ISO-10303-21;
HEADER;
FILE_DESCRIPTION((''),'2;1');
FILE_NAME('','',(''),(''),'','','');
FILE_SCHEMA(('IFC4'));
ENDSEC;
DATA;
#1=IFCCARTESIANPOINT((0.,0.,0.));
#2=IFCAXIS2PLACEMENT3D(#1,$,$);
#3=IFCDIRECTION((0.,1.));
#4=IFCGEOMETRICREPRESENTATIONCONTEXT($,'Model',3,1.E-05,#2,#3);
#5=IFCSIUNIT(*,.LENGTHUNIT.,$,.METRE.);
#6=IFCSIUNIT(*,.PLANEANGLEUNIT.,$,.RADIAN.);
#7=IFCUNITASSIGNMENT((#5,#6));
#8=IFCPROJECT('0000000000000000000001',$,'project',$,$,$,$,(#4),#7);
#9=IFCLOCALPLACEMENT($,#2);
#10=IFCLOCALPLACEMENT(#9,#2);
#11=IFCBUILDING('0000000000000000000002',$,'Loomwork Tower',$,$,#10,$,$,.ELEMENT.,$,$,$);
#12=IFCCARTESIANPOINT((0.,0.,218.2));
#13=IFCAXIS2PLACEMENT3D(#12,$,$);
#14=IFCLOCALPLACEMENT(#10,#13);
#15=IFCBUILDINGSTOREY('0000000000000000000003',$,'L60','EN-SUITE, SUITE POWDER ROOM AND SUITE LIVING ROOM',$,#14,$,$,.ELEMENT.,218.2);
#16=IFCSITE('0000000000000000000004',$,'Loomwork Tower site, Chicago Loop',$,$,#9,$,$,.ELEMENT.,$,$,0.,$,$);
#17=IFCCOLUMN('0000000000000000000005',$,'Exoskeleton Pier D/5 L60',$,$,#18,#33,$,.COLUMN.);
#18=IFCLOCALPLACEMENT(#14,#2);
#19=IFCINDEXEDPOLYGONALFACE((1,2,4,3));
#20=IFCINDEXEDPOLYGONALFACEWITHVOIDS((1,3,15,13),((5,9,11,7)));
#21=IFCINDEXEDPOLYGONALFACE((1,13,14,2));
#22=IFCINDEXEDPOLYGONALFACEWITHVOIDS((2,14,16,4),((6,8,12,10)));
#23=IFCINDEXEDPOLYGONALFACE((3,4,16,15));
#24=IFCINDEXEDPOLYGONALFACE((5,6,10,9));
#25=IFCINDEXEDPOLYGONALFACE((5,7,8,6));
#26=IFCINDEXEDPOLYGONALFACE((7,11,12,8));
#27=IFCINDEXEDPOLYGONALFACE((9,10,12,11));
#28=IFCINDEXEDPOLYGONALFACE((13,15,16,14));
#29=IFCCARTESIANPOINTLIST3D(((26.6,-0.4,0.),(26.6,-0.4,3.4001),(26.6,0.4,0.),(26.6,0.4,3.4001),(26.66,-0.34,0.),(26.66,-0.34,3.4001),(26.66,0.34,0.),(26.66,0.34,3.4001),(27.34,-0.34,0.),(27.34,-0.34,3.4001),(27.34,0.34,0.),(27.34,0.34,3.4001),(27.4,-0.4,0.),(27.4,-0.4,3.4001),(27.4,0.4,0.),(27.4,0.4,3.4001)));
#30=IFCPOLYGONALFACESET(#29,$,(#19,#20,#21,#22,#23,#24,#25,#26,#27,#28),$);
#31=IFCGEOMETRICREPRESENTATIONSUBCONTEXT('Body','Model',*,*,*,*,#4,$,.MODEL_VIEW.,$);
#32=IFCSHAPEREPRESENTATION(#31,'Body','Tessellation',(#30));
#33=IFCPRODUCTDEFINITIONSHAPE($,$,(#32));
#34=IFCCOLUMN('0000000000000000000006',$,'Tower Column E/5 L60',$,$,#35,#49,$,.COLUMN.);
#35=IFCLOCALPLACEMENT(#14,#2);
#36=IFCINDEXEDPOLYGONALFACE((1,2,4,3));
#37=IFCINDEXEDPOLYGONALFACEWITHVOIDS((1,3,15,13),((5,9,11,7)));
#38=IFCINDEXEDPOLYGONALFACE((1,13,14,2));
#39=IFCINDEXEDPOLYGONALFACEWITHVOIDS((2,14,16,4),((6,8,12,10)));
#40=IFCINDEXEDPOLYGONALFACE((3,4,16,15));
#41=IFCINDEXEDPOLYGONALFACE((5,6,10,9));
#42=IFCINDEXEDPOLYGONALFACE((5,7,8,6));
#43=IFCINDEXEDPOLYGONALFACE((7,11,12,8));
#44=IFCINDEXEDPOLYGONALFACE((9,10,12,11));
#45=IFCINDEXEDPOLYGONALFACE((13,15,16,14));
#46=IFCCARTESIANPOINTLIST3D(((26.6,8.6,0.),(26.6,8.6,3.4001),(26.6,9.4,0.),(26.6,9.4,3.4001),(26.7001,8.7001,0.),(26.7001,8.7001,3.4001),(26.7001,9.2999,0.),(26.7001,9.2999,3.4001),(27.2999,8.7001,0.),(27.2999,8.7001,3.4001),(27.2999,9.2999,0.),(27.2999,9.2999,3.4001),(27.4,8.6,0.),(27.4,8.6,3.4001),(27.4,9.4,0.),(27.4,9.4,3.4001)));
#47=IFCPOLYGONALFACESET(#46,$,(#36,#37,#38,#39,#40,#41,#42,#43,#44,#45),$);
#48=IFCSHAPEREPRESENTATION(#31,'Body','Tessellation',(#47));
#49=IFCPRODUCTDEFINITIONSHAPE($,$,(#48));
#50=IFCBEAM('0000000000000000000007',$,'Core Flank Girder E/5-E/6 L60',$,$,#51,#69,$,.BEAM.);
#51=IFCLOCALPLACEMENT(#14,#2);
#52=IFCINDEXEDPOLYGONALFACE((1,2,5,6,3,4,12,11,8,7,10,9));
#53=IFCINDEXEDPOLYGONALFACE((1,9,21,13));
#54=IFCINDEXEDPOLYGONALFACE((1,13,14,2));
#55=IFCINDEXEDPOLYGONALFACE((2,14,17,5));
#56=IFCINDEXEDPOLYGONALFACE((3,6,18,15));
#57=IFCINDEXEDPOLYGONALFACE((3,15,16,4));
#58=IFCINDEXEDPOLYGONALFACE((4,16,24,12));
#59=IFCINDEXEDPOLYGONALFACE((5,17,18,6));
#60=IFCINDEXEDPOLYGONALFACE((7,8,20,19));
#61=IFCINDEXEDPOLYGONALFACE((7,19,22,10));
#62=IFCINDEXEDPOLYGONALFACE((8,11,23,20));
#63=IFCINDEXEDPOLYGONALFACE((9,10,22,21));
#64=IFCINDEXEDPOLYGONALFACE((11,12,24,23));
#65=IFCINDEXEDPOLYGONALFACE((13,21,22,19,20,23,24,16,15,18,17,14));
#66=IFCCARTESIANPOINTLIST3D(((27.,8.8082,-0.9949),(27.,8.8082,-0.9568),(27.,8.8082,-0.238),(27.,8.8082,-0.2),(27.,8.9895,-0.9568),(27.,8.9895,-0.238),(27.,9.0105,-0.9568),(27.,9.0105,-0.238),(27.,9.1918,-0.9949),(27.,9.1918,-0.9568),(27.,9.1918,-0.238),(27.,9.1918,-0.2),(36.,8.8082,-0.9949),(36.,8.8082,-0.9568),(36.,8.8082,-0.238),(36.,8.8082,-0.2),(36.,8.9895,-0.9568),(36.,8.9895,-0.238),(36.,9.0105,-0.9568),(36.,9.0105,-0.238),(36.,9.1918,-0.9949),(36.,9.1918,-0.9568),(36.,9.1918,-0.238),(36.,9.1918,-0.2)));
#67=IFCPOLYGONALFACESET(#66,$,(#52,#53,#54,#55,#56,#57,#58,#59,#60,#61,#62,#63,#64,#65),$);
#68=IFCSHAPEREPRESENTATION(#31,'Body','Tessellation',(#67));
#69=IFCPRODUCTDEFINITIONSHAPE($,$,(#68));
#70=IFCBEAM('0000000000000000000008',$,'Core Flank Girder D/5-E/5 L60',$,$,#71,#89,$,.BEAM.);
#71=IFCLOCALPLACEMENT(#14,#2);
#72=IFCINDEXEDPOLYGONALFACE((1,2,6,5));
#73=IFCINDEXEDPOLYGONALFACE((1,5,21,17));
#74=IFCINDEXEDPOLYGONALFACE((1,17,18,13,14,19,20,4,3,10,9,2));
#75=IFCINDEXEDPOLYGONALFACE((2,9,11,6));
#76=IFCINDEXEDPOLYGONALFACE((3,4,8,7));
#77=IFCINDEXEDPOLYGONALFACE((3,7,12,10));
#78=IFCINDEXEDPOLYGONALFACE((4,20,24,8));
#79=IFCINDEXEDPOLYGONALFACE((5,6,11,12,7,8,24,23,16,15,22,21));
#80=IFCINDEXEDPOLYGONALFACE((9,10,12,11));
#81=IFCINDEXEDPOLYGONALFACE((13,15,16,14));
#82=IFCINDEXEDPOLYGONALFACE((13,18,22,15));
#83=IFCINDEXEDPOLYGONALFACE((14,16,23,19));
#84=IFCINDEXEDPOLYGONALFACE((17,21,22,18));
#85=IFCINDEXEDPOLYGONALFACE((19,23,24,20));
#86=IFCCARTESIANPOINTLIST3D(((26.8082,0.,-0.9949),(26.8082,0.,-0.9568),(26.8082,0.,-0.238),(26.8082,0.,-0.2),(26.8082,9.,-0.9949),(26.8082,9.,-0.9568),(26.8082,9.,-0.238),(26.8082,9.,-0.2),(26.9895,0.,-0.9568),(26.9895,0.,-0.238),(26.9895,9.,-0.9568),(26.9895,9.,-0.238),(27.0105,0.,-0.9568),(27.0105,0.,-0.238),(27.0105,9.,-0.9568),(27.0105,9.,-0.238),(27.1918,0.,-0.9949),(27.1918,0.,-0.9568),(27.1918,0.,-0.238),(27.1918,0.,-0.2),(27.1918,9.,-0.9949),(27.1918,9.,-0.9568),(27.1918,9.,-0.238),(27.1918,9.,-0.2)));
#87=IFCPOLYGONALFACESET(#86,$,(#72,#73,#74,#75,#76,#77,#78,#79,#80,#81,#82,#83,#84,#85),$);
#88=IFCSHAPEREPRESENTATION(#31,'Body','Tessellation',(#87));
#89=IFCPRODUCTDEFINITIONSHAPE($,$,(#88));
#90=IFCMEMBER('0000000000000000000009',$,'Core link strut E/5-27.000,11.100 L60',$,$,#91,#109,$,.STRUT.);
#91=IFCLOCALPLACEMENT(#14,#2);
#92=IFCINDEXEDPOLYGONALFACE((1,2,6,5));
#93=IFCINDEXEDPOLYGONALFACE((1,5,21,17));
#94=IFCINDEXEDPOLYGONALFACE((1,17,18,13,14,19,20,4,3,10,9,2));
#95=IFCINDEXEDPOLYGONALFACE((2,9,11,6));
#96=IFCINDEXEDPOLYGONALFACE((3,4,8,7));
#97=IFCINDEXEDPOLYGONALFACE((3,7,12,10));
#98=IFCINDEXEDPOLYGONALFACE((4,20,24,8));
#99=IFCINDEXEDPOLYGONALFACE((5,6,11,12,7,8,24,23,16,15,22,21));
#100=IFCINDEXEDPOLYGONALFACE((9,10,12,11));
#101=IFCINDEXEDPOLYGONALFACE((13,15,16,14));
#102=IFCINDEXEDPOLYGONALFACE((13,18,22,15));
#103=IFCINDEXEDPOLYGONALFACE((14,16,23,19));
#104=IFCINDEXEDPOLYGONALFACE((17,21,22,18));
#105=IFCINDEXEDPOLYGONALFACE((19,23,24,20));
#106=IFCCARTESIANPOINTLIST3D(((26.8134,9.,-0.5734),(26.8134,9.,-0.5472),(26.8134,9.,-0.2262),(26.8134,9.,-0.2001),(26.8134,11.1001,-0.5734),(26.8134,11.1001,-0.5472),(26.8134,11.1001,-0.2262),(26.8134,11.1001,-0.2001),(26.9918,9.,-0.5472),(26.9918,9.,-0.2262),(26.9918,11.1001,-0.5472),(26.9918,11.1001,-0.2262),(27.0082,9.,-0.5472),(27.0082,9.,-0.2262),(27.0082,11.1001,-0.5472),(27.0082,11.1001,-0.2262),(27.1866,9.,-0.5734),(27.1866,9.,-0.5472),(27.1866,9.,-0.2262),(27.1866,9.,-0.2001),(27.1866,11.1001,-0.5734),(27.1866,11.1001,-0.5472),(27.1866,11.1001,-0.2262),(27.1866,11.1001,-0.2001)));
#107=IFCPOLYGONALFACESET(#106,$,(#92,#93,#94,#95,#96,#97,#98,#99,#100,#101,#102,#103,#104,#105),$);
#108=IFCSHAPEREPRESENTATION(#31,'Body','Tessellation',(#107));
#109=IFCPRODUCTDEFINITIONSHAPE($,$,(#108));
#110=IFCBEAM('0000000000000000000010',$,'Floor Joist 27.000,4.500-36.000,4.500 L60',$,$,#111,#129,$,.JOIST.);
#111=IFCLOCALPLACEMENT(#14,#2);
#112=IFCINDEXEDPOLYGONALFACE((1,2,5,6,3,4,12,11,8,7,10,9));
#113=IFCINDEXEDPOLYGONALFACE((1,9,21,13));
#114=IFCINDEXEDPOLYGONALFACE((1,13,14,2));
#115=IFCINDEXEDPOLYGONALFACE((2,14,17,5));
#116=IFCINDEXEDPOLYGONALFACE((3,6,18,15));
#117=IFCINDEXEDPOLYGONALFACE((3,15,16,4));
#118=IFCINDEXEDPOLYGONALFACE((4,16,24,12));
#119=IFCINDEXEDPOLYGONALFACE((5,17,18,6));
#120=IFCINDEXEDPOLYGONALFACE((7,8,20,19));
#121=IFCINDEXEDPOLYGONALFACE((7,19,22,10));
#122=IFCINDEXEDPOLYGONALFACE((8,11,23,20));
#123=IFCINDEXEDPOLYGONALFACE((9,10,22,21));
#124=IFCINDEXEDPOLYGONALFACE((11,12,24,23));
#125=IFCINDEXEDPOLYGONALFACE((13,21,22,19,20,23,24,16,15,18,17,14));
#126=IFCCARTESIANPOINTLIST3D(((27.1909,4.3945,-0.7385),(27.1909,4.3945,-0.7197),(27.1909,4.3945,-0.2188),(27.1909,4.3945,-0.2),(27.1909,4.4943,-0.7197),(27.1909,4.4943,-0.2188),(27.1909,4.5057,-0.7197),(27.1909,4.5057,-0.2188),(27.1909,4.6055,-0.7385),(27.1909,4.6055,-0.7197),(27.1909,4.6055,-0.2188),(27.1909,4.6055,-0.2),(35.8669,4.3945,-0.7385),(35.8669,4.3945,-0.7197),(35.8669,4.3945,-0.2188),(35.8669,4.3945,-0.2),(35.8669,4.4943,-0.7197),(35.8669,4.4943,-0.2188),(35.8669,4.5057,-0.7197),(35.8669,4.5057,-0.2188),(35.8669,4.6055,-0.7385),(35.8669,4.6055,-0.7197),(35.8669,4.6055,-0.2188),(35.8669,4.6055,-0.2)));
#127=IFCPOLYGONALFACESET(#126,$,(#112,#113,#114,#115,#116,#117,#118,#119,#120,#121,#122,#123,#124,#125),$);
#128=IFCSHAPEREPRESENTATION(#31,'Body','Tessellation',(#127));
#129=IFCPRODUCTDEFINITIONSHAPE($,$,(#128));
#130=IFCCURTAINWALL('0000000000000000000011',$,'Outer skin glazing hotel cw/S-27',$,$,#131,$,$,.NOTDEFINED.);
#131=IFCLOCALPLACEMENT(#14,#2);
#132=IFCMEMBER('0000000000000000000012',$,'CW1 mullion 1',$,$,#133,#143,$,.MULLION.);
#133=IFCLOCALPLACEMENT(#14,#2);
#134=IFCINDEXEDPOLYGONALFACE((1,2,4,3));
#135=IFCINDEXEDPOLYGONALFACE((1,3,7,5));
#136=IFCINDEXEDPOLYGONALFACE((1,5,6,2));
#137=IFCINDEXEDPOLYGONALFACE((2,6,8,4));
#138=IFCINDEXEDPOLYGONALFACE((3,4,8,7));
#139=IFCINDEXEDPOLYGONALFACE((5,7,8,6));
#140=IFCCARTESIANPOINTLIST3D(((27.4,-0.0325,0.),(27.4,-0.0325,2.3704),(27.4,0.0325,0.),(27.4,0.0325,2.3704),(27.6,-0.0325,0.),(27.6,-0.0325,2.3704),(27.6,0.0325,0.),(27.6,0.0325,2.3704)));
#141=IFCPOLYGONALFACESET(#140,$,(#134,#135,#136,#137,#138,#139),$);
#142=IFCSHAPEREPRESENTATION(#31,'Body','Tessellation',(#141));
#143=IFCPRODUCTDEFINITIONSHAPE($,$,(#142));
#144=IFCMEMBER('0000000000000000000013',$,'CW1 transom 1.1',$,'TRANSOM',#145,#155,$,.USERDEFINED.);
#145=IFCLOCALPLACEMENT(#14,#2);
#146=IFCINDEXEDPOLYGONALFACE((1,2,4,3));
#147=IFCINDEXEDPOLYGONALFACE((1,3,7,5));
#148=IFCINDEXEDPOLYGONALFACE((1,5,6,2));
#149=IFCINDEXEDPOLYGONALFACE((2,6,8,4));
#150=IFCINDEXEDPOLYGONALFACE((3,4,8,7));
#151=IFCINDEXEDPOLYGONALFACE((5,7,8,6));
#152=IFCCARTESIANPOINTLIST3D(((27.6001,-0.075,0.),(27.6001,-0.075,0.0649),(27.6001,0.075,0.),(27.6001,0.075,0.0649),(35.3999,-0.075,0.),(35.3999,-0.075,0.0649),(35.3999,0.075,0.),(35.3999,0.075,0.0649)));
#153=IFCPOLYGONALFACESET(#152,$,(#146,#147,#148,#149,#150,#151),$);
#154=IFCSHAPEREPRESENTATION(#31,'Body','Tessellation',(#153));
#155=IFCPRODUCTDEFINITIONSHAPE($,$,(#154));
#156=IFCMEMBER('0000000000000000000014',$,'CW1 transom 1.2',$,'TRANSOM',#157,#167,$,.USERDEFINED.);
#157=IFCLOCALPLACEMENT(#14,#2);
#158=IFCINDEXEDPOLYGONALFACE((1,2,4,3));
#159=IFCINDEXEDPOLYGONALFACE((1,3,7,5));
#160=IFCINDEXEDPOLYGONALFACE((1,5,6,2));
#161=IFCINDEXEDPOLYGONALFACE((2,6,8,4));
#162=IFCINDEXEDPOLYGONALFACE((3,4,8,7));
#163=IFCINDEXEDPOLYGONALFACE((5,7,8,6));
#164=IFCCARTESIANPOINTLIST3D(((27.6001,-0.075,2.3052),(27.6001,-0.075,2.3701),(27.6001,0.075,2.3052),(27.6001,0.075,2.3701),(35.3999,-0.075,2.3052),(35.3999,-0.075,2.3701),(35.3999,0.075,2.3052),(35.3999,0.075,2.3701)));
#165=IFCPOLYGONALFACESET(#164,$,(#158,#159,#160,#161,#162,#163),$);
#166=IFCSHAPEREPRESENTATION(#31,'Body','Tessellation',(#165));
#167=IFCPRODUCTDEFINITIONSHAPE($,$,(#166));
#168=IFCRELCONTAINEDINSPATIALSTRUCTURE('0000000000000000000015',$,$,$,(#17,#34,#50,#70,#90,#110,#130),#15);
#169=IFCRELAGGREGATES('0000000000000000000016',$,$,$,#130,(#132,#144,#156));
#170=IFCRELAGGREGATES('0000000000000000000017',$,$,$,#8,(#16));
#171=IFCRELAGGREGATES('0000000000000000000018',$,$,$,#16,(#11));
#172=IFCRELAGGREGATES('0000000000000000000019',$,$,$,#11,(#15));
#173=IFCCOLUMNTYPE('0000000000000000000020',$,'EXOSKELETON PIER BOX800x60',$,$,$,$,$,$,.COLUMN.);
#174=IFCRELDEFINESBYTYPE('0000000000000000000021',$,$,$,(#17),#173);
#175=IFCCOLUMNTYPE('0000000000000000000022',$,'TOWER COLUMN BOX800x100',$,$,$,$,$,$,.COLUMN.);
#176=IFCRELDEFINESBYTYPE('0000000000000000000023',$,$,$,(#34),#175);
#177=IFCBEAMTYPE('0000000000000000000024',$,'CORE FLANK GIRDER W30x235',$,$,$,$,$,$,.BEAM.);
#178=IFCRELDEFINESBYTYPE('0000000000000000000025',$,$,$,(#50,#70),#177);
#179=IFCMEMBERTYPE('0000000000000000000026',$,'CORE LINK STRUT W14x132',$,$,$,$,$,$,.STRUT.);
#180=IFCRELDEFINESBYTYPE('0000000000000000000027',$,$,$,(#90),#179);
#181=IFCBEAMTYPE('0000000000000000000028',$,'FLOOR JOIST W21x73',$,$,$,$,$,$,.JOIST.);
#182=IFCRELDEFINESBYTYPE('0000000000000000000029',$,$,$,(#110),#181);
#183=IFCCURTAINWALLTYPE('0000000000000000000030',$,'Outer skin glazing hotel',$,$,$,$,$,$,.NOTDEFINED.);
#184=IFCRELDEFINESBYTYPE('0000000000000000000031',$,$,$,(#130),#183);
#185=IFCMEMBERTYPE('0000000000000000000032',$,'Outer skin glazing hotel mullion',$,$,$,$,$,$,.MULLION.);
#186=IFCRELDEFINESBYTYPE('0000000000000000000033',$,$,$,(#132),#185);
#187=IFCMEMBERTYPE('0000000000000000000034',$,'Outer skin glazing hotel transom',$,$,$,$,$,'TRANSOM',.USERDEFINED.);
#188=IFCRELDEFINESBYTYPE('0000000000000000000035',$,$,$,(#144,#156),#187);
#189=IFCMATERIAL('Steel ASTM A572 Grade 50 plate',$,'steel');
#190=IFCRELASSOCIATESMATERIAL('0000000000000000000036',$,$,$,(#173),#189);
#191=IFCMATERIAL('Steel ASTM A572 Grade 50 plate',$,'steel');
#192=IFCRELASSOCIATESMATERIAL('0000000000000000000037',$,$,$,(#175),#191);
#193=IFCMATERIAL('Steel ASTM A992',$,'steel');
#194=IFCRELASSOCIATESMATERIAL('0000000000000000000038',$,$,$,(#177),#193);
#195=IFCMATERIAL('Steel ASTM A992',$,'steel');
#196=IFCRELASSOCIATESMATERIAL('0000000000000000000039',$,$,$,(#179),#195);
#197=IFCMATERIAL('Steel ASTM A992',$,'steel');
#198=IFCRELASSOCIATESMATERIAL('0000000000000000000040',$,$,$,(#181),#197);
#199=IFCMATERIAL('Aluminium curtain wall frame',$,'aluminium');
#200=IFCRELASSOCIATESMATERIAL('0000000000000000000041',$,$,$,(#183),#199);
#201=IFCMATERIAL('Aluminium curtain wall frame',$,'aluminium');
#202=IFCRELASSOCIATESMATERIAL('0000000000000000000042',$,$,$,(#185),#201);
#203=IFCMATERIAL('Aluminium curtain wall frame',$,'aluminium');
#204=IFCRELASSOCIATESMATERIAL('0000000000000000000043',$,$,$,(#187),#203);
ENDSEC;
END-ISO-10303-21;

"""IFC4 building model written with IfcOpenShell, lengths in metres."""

from ifc_helpers import new_model, si_unit, direction, frame, origin, origin_2d, place, context, subcontext, project, spatial, rectangle, hollow_rectangle, i_section, extrude, material, material_profile, profile_set, type_object, element, aggregate, save


model = new_model("IFC4")

# Units and contexts
model_context = context("Model", 3, precision=1e-05, world=origin(), true_north=direction((0.0, 1.0)))
body_context = subcontext(model_context, "Body", "Model", "MODEL_VIEW")
ifc_project = project(units=[si_unit("LENGTHUNIT", "METRE"), si_unit("PLANEANGLEUNIT", "RADIAN")], contexts=[model_context])

# Site, building, storey
site_placement = place(None, origin())
site = spatial("IfcSite", under=ifc_project, at=site_placement, Name="Loomwork Tower site, Chicago Loop", CompositionType="ELEMENT", RefElevation=0.0)
building_placement = place(site_placement, origin())
building = spatial("IfcBuilding", under=site, at=building_placement, Name="Loomwork Tower", CompositionType="ELEMENT")
storey_placement = place(building_placement, frame((0.0, 0.0, 218.2)))
storey = spatial("IfcBuildingStorey", under=building, at=storey_placement, Name="L60", Description="EN-SUITE, SUITE POWDER ROOM AND SUITE LIVING ROOM", CompositionType="ELEMENT", Elevation=218.2)

# Columns
ifc_material_1 = material(Name="Steel ASTM A572 Grade 50 plate", Category="steel")
ifc_material_profile_1 = material_profile(ifc_material_1, hollow_rectangle(XDim=0.8, YDim=0.8, WallThickness=0.0601, at=origin_2d()), Name="BOX800x60")
ifc_profile_set_1 = profile_set([ifc_material_profile_1], Name="Steel ASTM A572 Grade 50 plate")
column_type_1 = type_object("IfcColumnType", Name="EXOSKELETON PIER BOX800x60", PredefinedType="COLUMN", material=ifc_profile_set_1)
column_1_placement = place(storey_placement, frame((27.0, 0.0, 0.0), z_axis=(0.0, 0.0, 1.0), x_axis=(1.0, 0.0, 0.0)))
element("IfcColumn", 1, at=column_1_placement, inside=storey, type_object=column_type_1, Name="Exoskeleton Pier D/5 L60", PredefinedType="COLUMN", context=body_context, shape_type="SweptSolid", body=[
    extrude(hollow_rectangle(XDim=0.8, YDim=0.8, WallThickness=0.0601, at=origin_2d()), origin(), (0.0, 0.0, 1.0), 3.4001),
])
ifc_material_2 = material(Name="Steel ASTM A572 Grade 50 plate", Category="steel")
ifc_material_profile_2 = material_profile(ifc_material_2, hollow_rectangle(XDim=0.8, YDim=0.8, WallThickness=0.1001, at=origin_2d()), Name="BOX800x100")
ifc_profile_set_2 = profile_set([ifc_material_profile_2], Name="Steel ASTM A572 Grade 50 plate")
column_type_2 = type_object("IfcColumnType", Name="TOWER COLUMN BOX800x100", PredefinedType="COLUMN", material=ifc_profile_set_2)
column_2_placement = place(storey_placement, frame((27.0, 9.0, 0.0), z_axis=(0.0, 0.0, 1.0), x_axis=(1.0, 0.0, 0.0)))
element("IfcColumn", 2, at=column_2_placement, inside=storey, type_object=column_type_2, Name="Tower Column E/5 L60", PredefinedType="COLUMN", context=body_context, shape_type="SweptSolid", body=[
    extrude(hollow_rectangle(XDim=0.8, YDim=0.8, WallThickness=0.1001, at=origin_2d()), origin(), (0.0, 0.0, 1.0), 3.4001),
])

# Beams
ifc_material_3 = material(Name="Steel ASTM A992", Category="steel")
ifc_material_profile_3 = material_profile(ifc_material_3, i_section(OverallWidth=0.3835, OverallDepth=0.7949, WebThickness=0.021, FlangeThickness=0.0381, at=origin_2d()), Name="W30x235")
ifc_profile_set_3 = profile_set([ifc_material_profile_3], Name="Steel ASTM A992")
beam_type_1 = type_object("IfcBeamType", Name="CORE FLANK GIRDER W30x235", PredefinedType="BEAM", material=ifc_profile_set_3)
for number, where, z_axis, x_axis, name in (
    (3, (27.0, 9.0, -0.5974), (1.0, 0.0, 0.0), (0.0, 1.0, 0.0), "Core Flank Girder E/5-E/6 L60"),
    (4, (27.0, 0.0, -0.5974), (0.0, 1.0, 0.0), (-1.0, 0.0, 0.0), "Core Flank Girder D/5-E/5 L60"),
):
    element("IfcBeam", number, at=place(storey_placement, frame(where, z_axis=z_axis, x_axis=x_axis)), inside=storey, type_object=beam_type_1, Name=name, PredefinedType="BEAM", context=body_context, shape_type="SweptSolid", body=[
        extrude(i_section(OverallWidth=0.3835, OverallDepth=0.7949, WebThickness=0.021, FlangeThickness=0.0381, at=origin_2d()), origin(), (0.0, 0.0, 1.0), 9.0),
    ])

# Member
ifc_material_4 = material(Name="Steel ASTM A992", Category="steel")
ifc_material_profile_4 = material_profile(ifc_material_4, i_section(OverallWidth=0.3733, OverallDepth=0.3733, WebThickness=0.0164, FlangeThickness=0.0261, at=origin_2d()), Name="W14x132")
ifc_profile_set_4 = profile_set([ifc_material_profile_4], Name="Steel ASTM A992")
member_type_1 = type_object("IfcMemberType", Name="CORE LINK STRUT W14x132", PredefinedType="STRUT", material=ifc_profile_set_4)
member_1_placement = place(storey_placement, frame((27.0, 9.0, -0.3867), z_axis=(0.0, 1.0, 0.0), x_axis=(-1.0, 0.0, 0.0)))
element("IfcMember", 5, at=member_1_placement, inside=storey, type_object=member_type_1, Name="Core link strut E/5-27.000,11.100 L60", PredefinedType="STRUT", context=body_context, shape_type="SweptSolid", body=[
    extrude(i_section(OverallWidth=0.3733, OverallDepth=0.3733, WebThickness=0.0164, FlangeThickness=0.0261, at=origin_2d()), origin(), (0.0, 0.0, 1.0), 2.1001),
])

# Beam
ifc_material_5 = material(Name="Steel ASTM A992", Category="steel")
ifc_material_profile_5 = material_profile(ifc_material_5, i_section(OverallWidth=0.2109, OverallDepth=0.5386, WebThickness=0.0115, FlangeThickness=0.0188, at=origin_2d()), Name="W21x73")
ifc_profile_set_5 = profile_set([ifc_material_profile_5], Name="Steel ASTM A992")
beam_type_2 = type_object("IfcBeamType", Name="FLOOR JOIST W21x73", PredefinedType="JOIST", material=ifc_profile_set_5)
beam_1_placement = place(storey_placement, frame((27.1909, 4.5, -0.4692), z_axis=(1.0, 0.0, 0.0), x_axis=(0.0, 1.0, 0.0)))
element("IfcBeam", 6, at=beam_1_placement, inside=storey, type_object=beam_type_2, Name="Floor Joist 27.000,4.500-36.000,4.500 L60", PredefinedType="JOIST", context=body_context, shape_type="SweptSolid", body=[
    extrude(i_section(OverallWidth=0.2109, OverallDepth=0.5386, WebThickness=0.0115, FlangeThickness=0.0188, at=origin_2d()), origin(), (0.0, 0.0, 1.0), 8.676),
])

# Curtain wall, members
ifc_material_6 = material(Name="Aluminium curtain wall frame", Category="aluminium")
curtain_wall_type = type_object("IfcCurtainWallType", Name="Outer skin glazing hotel", PredefinedType="NOTDEFINED", material=ifc_material_6)
curtain_wall_placement = place(storey_placement, origin())
curtain_wall = element("IfcCurtainWall", 7, at=curtain_wall_placement, inside=storey, type_object=curtain_wall_type, Name="Outer skin glazing hotel cw/S-27", PredefinedType="NOTDEFINED")
ifc_material_7 = material(Name="Aluminium curtain wall frame", Category="aluminium")
ifc_material_profile_6 = material_profile(ifc_material_7, rectangle(XDim=0.0649, YDim=0.2, at=origin_2d()), Name="AL 65x200")
ifc_profile_set_6 = profile_set([ifc_material_profile_6], Name="Aluminium curtain wall frame")
member_type_2 = type_object("IfcMemberType", Name="Outer skin glazing hotel mullion", PredefinedType="MULLION", material=ifc_profile_set_6)
member_2_placement = place(storey_placement, frame((27.5, 0.0, 0.0), z_axis=(0.0, 0.0, 1.0), x_axis=(0.0, 1.0, 0.0)))
member_2 = element("IfcMember", 8, at=member_2_placement, type_object=member_type_2, Name="CW1 mullion 1", PredefinedType="MULLION", context=body_context, shape_type="SweptSolid", body=[
    extrude(rectangle(XDim=0.0649, YDim=0.2, at=origin_2d()), origin(), (0.0, 0.0, 1.0), 2.3704),
])
ifc_material_8 = material(Name="Aluminium curtain wall frame", Category="aluminium")
ifc_material_profile_7 = material_profile(ifc_material_8, rectangle(XDim=0.1499, YDim=0.0649, at=origin_2d()), Name="AL 65x150")
ifc_profile_set_7 = profile_set([ifc_material_profile_7], Name="Aluminium curtain wall frame")
member_type_3 = type_object("IfcMemberType", Name="Outer skin glazing hotel transom", ElementType="TRANSOM", PredefinedType="USERDEFINED", material=ifc_profile_set_7)
member_3_placement = place(storey_placement, frame((27.6001, 0.0, 0.0325), z_axis=(1.0, 0.0, 0.0), x_axis=(0.0, 1.0, 0.0)))
member_3 = element("IfcMember", 9, at=member_3_placement, type_object=member_type_3, Name="CW1 transom 1.1", ObjectType="TRANSOM", PredefinedType="USERDEFINED", context=body_context, shape_type="SweptSolid", body=[
    extrude(rectangle(XDim=0.1499, YDim=0.0649, at=origin_2d()), origin(), (0.0, 0.0, 1.0), 7.7998),
])
member_4_placement = place(storey_placement, frame((27.6001, 0.0, 2.3376), z_axis=(1.0, 0.0, 0.0), x_axis=(0.0, 1.0, 0.0)))
member_4 = element("IfcMember", 10, at=member_4_placement, type_object=member_type_3, Name="CW1 transom 1.2", ObjectType="TRANSOM", PredefinedType="USERDEFINED", context=body_context, shape_type="SweptSolid", body=[
    extrude(rectangle(XDim=0.1499, YDim=0.0649, at=origin_2d()), origin(), (0.0, 0.0, 1.0), 7.7998),
])

aggregate(curtain_wall, [member_2, member_3, member_4])

save(model, "model.ifc")
